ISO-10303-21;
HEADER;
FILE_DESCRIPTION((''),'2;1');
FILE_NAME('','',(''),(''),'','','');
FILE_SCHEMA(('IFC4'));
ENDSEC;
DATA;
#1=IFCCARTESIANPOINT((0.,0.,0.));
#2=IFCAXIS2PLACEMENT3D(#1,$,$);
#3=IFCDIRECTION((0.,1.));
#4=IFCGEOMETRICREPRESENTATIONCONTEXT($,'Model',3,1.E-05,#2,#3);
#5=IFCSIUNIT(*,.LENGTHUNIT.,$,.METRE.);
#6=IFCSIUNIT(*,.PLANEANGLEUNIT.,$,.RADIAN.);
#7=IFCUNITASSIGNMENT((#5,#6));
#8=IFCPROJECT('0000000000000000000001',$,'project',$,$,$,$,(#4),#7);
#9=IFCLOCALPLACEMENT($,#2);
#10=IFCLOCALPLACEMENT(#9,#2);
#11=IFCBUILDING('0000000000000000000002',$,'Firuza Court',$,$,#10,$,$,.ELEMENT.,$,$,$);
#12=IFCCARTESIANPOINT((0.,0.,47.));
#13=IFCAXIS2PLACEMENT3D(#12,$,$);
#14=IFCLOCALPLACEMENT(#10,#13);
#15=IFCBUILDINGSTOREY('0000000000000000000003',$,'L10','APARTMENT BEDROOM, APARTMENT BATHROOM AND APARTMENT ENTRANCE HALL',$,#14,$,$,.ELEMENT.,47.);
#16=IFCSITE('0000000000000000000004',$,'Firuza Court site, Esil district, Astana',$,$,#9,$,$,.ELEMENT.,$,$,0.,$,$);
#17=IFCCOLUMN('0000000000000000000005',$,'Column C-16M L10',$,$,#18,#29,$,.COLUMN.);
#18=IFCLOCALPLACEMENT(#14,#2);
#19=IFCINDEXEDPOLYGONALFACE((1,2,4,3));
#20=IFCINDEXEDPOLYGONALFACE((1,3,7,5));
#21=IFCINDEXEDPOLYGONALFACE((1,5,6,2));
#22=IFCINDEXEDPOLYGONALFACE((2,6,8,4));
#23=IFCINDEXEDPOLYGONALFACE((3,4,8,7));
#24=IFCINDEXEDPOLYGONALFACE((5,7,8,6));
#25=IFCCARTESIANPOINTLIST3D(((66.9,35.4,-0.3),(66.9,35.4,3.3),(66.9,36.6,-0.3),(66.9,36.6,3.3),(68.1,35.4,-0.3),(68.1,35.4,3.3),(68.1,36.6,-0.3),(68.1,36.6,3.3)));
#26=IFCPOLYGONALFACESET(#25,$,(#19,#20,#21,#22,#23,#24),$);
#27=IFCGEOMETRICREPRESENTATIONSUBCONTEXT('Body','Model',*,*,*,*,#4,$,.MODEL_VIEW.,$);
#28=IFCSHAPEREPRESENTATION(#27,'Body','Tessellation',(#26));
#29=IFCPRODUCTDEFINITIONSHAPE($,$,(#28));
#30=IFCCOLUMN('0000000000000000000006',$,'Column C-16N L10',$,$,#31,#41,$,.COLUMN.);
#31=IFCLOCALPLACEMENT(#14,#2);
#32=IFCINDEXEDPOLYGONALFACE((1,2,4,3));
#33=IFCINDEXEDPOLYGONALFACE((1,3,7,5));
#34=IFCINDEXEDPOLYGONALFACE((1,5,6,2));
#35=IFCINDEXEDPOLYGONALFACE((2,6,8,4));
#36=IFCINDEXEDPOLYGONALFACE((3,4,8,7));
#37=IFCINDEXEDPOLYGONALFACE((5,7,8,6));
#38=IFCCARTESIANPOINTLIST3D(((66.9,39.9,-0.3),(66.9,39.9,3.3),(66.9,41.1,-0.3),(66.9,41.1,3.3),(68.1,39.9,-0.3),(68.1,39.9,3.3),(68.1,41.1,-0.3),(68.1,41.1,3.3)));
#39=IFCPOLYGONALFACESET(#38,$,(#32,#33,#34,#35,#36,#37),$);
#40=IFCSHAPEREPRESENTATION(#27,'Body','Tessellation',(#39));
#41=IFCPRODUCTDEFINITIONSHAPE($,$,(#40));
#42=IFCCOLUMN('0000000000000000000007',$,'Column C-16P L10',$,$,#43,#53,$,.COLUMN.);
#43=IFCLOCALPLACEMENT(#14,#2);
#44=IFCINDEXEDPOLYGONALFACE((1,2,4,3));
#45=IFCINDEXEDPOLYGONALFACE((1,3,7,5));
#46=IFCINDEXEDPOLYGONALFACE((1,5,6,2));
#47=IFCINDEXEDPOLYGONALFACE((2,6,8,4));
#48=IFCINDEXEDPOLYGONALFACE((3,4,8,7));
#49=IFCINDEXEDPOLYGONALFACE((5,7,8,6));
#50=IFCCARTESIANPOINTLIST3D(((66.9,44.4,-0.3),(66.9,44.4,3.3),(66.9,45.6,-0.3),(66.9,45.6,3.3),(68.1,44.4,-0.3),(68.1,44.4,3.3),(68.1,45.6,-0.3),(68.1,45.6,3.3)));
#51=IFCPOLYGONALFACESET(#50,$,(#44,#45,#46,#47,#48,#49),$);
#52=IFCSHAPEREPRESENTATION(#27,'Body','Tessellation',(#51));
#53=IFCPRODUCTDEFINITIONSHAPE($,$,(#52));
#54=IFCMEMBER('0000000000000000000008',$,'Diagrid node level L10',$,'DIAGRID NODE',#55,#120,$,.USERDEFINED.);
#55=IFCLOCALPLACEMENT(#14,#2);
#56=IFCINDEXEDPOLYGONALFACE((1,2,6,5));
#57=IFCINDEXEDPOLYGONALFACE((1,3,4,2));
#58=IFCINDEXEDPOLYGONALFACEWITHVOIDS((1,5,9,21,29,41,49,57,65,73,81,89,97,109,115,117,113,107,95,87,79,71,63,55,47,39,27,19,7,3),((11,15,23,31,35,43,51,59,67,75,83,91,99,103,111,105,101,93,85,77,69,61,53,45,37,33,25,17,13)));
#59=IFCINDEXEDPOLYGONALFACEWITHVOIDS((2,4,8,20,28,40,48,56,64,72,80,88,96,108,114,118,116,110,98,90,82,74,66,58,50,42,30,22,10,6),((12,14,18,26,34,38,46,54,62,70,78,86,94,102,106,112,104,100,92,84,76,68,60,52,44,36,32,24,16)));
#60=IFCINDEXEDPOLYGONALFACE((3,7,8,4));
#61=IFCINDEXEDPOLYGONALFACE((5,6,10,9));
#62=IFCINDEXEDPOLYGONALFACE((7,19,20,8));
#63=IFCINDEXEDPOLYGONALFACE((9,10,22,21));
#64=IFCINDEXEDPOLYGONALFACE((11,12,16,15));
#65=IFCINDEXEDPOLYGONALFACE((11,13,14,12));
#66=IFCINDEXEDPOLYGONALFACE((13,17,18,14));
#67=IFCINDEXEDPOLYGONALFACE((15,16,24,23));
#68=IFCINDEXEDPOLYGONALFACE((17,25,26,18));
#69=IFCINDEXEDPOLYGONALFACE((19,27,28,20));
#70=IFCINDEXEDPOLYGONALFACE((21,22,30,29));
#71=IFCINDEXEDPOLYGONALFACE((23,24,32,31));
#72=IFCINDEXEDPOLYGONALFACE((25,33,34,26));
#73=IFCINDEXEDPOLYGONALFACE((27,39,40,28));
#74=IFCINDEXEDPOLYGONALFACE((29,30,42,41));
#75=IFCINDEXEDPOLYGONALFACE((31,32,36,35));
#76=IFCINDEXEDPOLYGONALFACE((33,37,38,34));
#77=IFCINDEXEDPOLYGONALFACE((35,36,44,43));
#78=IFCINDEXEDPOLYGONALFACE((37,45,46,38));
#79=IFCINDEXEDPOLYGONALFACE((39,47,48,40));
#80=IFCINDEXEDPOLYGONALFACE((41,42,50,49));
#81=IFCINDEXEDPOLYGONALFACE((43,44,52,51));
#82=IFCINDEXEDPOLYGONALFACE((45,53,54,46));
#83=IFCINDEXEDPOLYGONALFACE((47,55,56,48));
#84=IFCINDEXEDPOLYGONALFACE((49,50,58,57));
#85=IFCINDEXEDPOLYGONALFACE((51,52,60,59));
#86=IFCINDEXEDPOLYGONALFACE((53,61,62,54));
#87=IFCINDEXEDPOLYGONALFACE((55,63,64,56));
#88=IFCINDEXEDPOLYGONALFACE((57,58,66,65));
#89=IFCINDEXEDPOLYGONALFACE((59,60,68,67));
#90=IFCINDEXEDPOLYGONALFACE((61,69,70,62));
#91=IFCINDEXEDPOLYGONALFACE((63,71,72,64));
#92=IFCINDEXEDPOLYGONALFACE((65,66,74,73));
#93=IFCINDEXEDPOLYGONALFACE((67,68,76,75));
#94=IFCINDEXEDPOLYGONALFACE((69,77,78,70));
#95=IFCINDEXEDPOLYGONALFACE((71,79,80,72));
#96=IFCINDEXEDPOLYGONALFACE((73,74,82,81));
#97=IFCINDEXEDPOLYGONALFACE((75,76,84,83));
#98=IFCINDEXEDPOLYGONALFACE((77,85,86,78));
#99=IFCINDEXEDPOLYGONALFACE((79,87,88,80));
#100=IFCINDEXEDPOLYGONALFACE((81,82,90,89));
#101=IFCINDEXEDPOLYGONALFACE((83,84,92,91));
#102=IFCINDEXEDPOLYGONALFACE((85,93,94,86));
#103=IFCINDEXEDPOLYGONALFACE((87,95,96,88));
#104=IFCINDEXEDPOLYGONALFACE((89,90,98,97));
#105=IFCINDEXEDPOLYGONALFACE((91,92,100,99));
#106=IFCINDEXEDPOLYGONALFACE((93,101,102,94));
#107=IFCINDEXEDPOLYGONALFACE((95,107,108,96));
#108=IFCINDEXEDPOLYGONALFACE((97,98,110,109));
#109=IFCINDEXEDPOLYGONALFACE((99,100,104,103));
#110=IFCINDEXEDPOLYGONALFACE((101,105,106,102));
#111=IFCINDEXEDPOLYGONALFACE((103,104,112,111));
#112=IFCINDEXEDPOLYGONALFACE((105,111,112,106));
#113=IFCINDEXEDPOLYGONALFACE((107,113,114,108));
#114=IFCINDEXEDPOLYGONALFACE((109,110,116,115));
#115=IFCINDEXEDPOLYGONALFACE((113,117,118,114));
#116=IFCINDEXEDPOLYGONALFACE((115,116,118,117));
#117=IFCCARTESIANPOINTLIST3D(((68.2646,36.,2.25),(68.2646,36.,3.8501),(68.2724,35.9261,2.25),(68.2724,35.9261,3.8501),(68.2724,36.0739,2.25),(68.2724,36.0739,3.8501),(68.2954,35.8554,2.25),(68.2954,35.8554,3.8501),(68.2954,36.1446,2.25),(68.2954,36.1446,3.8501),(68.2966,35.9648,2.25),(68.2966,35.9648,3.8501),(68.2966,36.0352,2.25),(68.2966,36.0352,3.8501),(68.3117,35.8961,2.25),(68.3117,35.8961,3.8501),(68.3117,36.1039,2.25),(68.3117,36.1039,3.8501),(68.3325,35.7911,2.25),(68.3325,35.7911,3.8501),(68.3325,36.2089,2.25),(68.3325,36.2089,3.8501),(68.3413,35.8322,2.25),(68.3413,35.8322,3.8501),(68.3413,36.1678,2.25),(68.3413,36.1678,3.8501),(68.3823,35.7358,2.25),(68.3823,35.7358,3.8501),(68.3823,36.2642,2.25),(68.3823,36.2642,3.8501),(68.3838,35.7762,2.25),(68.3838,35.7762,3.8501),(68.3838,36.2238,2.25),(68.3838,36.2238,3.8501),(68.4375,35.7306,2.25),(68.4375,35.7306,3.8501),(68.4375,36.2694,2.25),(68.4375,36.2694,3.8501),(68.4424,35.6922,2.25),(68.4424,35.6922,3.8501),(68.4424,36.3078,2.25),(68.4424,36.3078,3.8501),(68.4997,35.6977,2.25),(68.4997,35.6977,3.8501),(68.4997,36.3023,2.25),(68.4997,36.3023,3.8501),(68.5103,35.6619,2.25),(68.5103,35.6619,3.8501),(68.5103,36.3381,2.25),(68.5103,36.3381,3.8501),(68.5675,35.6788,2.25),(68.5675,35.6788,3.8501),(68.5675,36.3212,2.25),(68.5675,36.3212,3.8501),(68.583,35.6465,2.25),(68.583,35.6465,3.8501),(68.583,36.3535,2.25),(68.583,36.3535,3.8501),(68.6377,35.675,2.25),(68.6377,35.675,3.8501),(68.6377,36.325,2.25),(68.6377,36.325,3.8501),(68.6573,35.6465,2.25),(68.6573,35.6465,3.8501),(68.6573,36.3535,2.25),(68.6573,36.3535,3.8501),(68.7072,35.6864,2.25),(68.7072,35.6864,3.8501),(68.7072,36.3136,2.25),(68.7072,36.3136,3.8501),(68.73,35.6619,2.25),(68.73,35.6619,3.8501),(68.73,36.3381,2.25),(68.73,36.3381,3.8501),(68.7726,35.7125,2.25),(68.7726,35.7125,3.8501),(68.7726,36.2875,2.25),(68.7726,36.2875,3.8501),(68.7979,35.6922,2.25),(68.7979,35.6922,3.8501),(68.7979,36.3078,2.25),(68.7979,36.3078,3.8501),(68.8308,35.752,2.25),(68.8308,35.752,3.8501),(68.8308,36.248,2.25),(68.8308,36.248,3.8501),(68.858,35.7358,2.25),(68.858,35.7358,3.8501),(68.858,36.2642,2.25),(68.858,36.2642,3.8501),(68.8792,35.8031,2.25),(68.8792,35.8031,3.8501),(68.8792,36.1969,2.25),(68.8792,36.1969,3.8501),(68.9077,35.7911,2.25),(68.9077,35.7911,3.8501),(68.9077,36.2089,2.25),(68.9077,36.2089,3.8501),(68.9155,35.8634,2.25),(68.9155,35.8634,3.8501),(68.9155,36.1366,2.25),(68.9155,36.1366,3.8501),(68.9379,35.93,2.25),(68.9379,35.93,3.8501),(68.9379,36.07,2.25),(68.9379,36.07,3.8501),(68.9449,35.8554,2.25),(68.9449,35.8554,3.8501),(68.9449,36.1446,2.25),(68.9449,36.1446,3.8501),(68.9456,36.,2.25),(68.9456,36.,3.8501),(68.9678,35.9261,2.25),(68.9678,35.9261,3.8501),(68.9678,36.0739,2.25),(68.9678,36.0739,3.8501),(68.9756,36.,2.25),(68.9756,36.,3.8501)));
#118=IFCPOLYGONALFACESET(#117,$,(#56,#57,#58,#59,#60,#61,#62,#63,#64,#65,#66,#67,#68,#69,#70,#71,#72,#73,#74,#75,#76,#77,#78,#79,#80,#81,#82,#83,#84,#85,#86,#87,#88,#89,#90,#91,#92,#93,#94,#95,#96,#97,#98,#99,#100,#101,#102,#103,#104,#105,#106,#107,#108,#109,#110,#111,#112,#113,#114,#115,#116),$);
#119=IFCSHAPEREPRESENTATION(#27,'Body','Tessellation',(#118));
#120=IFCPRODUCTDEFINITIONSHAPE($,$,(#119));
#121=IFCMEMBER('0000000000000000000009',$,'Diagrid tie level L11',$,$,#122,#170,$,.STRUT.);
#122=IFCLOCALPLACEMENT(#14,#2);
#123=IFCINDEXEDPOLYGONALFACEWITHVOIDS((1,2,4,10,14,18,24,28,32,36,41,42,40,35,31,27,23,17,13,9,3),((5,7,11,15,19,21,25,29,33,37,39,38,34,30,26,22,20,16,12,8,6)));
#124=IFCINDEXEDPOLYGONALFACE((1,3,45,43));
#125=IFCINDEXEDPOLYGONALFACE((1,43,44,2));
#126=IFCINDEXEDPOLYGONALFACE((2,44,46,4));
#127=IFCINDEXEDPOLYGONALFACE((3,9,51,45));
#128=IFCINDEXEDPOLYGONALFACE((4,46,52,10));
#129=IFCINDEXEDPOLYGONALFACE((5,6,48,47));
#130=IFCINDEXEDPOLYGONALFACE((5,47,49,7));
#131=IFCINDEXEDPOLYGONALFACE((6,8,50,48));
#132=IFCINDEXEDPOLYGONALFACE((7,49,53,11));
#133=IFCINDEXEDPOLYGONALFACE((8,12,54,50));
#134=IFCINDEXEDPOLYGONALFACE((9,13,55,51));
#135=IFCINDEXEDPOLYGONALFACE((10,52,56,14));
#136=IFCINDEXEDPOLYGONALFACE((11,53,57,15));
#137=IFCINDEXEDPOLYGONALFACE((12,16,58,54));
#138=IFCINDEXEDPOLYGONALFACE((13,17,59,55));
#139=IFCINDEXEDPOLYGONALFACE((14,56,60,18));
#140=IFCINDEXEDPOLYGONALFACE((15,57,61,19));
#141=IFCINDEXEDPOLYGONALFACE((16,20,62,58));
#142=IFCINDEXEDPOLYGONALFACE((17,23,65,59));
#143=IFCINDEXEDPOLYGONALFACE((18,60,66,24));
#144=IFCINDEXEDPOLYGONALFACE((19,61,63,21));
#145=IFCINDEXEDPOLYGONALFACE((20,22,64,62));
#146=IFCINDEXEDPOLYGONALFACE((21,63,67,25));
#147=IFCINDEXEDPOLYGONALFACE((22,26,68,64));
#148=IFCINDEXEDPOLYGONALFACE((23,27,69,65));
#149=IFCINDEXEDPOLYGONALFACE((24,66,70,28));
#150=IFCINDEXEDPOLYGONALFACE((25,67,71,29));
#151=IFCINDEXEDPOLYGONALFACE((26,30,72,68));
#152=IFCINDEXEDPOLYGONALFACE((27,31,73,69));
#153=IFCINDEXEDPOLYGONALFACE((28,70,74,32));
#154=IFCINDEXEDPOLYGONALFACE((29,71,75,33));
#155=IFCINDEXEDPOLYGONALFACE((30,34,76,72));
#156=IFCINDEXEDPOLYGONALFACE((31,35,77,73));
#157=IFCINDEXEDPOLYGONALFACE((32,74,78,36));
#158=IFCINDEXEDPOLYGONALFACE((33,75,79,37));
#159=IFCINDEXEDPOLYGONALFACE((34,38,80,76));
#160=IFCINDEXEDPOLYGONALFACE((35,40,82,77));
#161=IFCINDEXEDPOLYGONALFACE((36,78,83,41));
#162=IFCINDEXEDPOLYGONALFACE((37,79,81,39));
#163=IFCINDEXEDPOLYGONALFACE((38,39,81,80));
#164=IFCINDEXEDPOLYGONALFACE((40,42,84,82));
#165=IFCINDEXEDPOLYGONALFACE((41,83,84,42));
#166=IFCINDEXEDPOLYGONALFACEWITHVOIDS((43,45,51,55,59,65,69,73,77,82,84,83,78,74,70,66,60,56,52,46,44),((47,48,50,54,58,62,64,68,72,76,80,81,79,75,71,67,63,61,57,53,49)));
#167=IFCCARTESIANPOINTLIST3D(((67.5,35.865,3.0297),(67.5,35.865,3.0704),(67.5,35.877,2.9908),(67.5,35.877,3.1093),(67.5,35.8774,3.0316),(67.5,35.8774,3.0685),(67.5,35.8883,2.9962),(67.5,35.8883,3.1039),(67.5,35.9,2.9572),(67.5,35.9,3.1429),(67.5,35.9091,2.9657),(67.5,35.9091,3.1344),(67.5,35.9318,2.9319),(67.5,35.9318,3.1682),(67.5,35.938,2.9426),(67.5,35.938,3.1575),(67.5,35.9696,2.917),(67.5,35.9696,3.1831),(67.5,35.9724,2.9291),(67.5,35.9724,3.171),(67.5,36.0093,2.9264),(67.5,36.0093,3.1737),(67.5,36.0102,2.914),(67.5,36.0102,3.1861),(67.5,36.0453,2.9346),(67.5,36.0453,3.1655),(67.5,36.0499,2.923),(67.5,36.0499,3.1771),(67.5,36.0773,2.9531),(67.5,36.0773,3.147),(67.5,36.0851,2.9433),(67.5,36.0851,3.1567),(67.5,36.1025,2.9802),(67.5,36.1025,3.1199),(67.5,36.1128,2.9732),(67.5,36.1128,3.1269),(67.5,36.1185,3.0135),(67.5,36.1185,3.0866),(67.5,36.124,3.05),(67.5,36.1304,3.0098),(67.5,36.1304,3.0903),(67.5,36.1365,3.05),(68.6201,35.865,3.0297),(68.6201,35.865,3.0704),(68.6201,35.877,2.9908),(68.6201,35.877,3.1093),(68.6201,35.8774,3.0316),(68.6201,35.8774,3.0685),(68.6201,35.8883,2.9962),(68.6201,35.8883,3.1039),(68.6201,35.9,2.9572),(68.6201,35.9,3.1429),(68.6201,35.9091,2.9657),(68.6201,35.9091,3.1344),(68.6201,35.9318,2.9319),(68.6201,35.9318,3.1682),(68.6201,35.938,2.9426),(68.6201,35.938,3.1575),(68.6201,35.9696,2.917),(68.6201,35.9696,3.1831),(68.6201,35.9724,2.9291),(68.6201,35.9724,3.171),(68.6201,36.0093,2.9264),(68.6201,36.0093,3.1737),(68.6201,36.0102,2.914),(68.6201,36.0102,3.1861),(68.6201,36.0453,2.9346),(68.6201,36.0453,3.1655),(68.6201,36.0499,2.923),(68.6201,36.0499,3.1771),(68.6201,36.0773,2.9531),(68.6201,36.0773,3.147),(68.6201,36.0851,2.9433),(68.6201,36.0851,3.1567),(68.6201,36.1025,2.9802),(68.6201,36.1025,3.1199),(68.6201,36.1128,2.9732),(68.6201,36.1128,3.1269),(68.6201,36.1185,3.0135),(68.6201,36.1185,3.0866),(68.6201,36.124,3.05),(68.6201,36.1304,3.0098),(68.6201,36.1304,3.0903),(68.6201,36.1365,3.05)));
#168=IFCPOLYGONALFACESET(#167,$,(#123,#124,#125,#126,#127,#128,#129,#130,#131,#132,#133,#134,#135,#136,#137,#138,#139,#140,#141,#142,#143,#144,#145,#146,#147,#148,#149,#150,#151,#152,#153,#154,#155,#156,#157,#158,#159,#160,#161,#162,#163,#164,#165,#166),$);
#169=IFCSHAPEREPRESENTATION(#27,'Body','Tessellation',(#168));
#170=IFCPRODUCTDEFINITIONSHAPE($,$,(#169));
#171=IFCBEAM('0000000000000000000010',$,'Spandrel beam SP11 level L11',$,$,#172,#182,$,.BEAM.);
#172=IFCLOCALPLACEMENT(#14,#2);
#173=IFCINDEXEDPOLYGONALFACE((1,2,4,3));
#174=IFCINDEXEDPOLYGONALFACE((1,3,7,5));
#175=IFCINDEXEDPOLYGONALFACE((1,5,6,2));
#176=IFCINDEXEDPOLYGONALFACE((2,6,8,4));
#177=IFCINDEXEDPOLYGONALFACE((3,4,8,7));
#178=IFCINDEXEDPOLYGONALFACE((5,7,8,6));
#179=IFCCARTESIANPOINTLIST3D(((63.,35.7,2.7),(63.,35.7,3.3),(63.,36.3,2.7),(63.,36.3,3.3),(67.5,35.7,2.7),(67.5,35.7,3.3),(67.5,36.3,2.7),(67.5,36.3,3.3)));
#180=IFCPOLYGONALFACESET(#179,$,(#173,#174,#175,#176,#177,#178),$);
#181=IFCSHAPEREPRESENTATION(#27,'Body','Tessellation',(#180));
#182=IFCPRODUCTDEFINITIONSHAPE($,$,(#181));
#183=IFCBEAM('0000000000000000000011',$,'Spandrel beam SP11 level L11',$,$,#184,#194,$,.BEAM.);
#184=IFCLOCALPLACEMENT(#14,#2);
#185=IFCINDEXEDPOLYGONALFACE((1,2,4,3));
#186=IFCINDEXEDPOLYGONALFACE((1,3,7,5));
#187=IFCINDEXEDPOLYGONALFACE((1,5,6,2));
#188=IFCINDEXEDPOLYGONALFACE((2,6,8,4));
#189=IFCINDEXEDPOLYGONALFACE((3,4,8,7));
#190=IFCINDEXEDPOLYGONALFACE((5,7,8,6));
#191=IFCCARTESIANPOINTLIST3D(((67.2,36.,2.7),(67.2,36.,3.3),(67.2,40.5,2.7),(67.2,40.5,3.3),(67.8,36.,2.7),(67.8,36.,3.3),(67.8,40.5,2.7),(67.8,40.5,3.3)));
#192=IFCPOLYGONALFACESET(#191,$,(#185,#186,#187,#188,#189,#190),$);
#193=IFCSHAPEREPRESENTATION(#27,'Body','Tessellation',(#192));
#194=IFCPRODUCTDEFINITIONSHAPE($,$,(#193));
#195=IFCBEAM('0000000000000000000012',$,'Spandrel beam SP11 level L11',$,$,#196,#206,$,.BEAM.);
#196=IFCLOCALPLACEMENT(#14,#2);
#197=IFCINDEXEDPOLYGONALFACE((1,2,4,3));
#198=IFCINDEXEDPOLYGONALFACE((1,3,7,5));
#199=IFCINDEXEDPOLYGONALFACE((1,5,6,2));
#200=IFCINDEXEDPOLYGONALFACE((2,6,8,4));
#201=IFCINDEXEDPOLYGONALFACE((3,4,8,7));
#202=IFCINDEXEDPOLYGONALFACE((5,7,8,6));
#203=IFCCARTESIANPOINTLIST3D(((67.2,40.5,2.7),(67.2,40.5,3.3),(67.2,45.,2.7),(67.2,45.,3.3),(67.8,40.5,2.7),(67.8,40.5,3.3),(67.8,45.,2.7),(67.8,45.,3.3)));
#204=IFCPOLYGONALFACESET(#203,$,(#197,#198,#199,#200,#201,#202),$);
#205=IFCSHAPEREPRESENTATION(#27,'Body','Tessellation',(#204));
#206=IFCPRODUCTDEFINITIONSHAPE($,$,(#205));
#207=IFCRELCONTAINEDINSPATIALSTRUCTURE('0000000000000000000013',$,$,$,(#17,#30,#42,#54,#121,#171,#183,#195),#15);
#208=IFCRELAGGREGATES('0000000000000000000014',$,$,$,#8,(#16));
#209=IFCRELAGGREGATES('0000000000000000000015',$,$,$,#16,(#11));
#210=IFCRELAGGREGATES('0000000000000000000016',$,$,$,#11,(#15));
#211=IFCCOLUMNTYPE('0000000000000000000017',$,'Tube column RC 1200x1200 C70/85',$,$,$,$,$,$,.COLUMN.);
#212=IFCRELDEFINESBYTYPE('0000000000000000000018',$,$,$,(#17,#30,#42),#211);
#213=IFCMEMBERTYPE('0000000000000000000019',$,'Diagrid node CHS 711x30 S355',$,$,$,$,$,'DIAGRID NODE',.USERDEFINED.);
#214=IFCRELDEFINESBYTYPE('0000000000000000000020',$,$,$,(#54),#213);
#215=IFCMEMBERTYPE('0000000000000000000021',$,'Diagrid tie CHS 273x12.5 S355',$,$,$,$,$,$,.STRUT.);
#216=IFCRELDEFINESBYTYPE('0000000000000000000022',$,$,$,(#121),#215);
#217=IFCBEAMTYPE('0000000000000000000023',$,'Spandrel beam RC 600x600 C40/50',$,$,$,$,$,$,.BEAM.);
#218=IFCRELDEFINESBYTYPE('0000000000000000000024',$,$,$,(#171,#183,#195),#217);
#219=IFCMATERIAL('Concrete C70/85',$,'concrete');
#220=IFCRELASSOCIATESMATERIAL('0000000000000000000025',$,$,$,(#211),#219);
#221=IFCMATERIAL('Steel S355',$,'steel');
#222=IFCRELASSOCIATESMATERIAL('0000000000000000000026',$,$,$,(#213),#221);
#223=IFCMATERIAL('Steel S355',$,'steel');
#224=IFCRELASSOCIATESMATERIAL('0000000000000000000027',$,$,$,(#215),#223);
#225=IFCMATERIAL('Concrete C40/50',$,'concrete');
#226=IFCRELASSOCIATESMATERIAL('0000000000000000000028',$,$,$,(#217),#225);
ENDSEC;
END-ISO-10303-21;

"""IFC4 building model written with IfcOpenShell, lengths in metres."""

from ifc_helpers import new_model, si_unit, direction, frame, origin, origin_2d, place, context, subcontext, project, spatial, rectangle, hollow_circle, extrude, material, material_profile, profile_set, type_object, element, save


model = new_model("IFC4")

# Units and contexts
model_context = context("Model", 3, precision=1e-05, world=origin(), true_north=direction((0.0, 1.0)))
body_context = subcontext(model_context, "Body", "Model", "MODEL_VIEW")
ifc_project = project(units=[si_unit("LENGTHUNIT", "METRE"), si_unit("PLANEANGLEUNIT", "RADIAN")], contexts=[model_context])

# Site, building, storey
site_placement = place(None, origin())
site = spatial("IfcSite", under=ifc_project, at=site_placement, Name="Firuza Court site, Esil district, Astana", CompositionType="ELEMENT", RefElevation=0.0)
building_placement = place(site_placement, origin())
building = spatial("IfcBuilding", under=site, at=building_placement, Name="Firuza Court", CompositionType="ELEMENT")
storey_placement = place(building_placement, frame((0.0, 0.0, 47.0)))
storey = spatial("IfcBuildingStorey", under=building, at=storey_placement, Name="L10", Description="APARTMENT BEDROOM, APARTMENT BATHROOM AND APARTMENT ENTRANCE HALL", CompositionType="ELEMENT", Elevation=47.0)

# Columns
ifc_material_1 = material(Name="Concrete C70/85", Category="concrete")
ifc_material_profile_1 = material_profile(ifc_material_1, rectangle(XDim=1.2, YDim=1.2, at=origin_2d()), Name="RC 1200x1200")
ifc_profile_set_1 = profile_set([ifc_material_profile_1], Name="Concrete C70/85")
column_type = type_object("IfcColumnType", Name="Tube column RC 1200x1200 C70/85", PredefinedType="COLUMN", material=ifc_profile_set_1)
for number, where, z_axis, x_axis, name in (
    (1, (67.5, 36.0, -0.3), (0.0, 0.0, 1.0), (1.0, 0.0, 0.0), "Column C-16M L10"),
    (2, (67.5, 40.5, -0.3), (0.0, 0.0, 1.0), (1.0, 0.0, 0.0), "Column C-16N L10"),
    (3, (67.5, 45.0, -0.3), (0.0, 0.0, 1.0), (1.0, 0.0, 0.0), "Column C-16P L10"),
):
    element("IfcColumn", number, at=place(storey_placement, frame(where, z_axis=z_axis, x_axis=x_axis)), inside=storey, type_object=column_type, Name=name, PredefinedType="COLUMN", context=body_context, shape_type="SweptSolid", body=[
        extrude(rectangle(XDim=1.2, YDim=1.2, at=origin_2d()), origin(), (0.0, 0.0, 1.0), 3.6001),
    ])

# Members
ifc_material_2 = material(Name="Steel S355", Category="steel")
ifc_material_profile_2 = material_profile(ifc_material_2, hollow_circle(Radius=0.3555, WallThickness=0.03, at=origin_2d()), Name="CHS 711x30")
ifc_profile_set_2 = profile_set([ifc_material_profile_2], Name="Steel S355")
member_type_1 = type_object("IfcMemberType", Name="Diagrid node CHS 711x30 S355", ElementType="DIAGRID NODE", PredefinedType="USERDEFINED", material=ifc_profile_set_2)
member_1_placement = place(storey_placement, frame((68.6201, 36.0, 2.25), z_axis=(0.0, 0.0, 1.0), x_axis=(1.0, 0.0, 0.0)))
element("IfcMember", 4, at=member_1_placement, inside=storey, type_object=member_type_1, Name="Diagrid node level L10", ObjectType="DIAGRID NODE", PredefinedType="USERDEFINED", context=body_context, shape_type="SweptSolid", body=[
    extrude(hollow_circle(Radius=0.3555, WallThickness=0.03, at=origin_2d()), origin(), (0.0, 0.0, 1.0), 1.6001),
])
ifc_material_3 = material(Name="Steel S355", Category="steel")
ifc_material_profile_3 = material_profile(ifc_material_3, hollow_circle(Radius=0.1365, WallThickness=0.0125, at=origin_2d()), Name="CHS 273x12.5")
ifc_profile_set_3 = profile_set([ifc_material_profile_3], Name="Steel S355")
member_type_2 = type_object("IfcMemberType", Name="Diagrid tie CHS 273x12.5 S355", PredefinedType="STRUT", material=ifc_profile_set_3)
member_2_placement = place(storey_placement, frame((67.5, 36.0, 3.05), z_axis=(1.0, 0.0, 0.0), x_axis=(0.0, 1.0, 0.0)))
element("IfcMember", 5, at=member_2_placement, inside=storey, type_object=member_type_2, Name="Diagrid tie level L11", PredefinedType="STRUT", context=body_context, shape_type="SweptSolid", body=[
    extrude(hollow_circle(Radius=0.1365, WallThickness=0.0125, at=origin_2d()), origin(), (0.0, 0.0, 1.0), 1.1201),
])

# Beams
ifc_material_4 = material(Name="Concrete C40/50", Category="concrete")
ifc_material_profile_4 = material_profile(ifc_material_4, rectangle(XDim=0.6001, YDim=0.6001, at=origin_2d()), Name="RC 600x600")
ifc_profile_set_4 = profile_set([ifc_material_profile_4], Name="Concrete C40/50")
beam_type = type_object("IfcBeamType", Name="Spandrel beam RC 600x600 C40/50", PredefinedType="BEAM", material=ifc_profile_set_4)
for number, where, z_axis, x_axis, name in (
    (6, (63.0, 36.0, 3.0), (1.0, 0.0, 0.0), (0.0, 1.0, 0.0), "Spandrel beam SP11 level L11"),
    (7, (67.5, 36.0, 3.0), (0.0, 1.0, 0.0), (-1.0, 0.0, 0.0), "Spandrel beam SP11 level L11"),
    (8, (67.5, 40.5, 3.0), (0.0, 1.0, 0.0), (-1.0, 0.0, 0.0), "Spandrel beam SP11 level L11"),
):
    element("IfcBeam", number, at=place(storey_placement, frame(where, z_axis=z_axis, x_axis=x_axis)), inside=storey, type_object=beam_type, Name=name, PredefinedType="BEAM", context=body_context, shape_type="SweptSolid", body=[
        extrude(rectangle(XDim=0.6001, YDim=0.6001, at=origin_2d()), origin(), (0.0, 0.0, 1.0), 4.5),
    ])

save(model, "model.ifc")
